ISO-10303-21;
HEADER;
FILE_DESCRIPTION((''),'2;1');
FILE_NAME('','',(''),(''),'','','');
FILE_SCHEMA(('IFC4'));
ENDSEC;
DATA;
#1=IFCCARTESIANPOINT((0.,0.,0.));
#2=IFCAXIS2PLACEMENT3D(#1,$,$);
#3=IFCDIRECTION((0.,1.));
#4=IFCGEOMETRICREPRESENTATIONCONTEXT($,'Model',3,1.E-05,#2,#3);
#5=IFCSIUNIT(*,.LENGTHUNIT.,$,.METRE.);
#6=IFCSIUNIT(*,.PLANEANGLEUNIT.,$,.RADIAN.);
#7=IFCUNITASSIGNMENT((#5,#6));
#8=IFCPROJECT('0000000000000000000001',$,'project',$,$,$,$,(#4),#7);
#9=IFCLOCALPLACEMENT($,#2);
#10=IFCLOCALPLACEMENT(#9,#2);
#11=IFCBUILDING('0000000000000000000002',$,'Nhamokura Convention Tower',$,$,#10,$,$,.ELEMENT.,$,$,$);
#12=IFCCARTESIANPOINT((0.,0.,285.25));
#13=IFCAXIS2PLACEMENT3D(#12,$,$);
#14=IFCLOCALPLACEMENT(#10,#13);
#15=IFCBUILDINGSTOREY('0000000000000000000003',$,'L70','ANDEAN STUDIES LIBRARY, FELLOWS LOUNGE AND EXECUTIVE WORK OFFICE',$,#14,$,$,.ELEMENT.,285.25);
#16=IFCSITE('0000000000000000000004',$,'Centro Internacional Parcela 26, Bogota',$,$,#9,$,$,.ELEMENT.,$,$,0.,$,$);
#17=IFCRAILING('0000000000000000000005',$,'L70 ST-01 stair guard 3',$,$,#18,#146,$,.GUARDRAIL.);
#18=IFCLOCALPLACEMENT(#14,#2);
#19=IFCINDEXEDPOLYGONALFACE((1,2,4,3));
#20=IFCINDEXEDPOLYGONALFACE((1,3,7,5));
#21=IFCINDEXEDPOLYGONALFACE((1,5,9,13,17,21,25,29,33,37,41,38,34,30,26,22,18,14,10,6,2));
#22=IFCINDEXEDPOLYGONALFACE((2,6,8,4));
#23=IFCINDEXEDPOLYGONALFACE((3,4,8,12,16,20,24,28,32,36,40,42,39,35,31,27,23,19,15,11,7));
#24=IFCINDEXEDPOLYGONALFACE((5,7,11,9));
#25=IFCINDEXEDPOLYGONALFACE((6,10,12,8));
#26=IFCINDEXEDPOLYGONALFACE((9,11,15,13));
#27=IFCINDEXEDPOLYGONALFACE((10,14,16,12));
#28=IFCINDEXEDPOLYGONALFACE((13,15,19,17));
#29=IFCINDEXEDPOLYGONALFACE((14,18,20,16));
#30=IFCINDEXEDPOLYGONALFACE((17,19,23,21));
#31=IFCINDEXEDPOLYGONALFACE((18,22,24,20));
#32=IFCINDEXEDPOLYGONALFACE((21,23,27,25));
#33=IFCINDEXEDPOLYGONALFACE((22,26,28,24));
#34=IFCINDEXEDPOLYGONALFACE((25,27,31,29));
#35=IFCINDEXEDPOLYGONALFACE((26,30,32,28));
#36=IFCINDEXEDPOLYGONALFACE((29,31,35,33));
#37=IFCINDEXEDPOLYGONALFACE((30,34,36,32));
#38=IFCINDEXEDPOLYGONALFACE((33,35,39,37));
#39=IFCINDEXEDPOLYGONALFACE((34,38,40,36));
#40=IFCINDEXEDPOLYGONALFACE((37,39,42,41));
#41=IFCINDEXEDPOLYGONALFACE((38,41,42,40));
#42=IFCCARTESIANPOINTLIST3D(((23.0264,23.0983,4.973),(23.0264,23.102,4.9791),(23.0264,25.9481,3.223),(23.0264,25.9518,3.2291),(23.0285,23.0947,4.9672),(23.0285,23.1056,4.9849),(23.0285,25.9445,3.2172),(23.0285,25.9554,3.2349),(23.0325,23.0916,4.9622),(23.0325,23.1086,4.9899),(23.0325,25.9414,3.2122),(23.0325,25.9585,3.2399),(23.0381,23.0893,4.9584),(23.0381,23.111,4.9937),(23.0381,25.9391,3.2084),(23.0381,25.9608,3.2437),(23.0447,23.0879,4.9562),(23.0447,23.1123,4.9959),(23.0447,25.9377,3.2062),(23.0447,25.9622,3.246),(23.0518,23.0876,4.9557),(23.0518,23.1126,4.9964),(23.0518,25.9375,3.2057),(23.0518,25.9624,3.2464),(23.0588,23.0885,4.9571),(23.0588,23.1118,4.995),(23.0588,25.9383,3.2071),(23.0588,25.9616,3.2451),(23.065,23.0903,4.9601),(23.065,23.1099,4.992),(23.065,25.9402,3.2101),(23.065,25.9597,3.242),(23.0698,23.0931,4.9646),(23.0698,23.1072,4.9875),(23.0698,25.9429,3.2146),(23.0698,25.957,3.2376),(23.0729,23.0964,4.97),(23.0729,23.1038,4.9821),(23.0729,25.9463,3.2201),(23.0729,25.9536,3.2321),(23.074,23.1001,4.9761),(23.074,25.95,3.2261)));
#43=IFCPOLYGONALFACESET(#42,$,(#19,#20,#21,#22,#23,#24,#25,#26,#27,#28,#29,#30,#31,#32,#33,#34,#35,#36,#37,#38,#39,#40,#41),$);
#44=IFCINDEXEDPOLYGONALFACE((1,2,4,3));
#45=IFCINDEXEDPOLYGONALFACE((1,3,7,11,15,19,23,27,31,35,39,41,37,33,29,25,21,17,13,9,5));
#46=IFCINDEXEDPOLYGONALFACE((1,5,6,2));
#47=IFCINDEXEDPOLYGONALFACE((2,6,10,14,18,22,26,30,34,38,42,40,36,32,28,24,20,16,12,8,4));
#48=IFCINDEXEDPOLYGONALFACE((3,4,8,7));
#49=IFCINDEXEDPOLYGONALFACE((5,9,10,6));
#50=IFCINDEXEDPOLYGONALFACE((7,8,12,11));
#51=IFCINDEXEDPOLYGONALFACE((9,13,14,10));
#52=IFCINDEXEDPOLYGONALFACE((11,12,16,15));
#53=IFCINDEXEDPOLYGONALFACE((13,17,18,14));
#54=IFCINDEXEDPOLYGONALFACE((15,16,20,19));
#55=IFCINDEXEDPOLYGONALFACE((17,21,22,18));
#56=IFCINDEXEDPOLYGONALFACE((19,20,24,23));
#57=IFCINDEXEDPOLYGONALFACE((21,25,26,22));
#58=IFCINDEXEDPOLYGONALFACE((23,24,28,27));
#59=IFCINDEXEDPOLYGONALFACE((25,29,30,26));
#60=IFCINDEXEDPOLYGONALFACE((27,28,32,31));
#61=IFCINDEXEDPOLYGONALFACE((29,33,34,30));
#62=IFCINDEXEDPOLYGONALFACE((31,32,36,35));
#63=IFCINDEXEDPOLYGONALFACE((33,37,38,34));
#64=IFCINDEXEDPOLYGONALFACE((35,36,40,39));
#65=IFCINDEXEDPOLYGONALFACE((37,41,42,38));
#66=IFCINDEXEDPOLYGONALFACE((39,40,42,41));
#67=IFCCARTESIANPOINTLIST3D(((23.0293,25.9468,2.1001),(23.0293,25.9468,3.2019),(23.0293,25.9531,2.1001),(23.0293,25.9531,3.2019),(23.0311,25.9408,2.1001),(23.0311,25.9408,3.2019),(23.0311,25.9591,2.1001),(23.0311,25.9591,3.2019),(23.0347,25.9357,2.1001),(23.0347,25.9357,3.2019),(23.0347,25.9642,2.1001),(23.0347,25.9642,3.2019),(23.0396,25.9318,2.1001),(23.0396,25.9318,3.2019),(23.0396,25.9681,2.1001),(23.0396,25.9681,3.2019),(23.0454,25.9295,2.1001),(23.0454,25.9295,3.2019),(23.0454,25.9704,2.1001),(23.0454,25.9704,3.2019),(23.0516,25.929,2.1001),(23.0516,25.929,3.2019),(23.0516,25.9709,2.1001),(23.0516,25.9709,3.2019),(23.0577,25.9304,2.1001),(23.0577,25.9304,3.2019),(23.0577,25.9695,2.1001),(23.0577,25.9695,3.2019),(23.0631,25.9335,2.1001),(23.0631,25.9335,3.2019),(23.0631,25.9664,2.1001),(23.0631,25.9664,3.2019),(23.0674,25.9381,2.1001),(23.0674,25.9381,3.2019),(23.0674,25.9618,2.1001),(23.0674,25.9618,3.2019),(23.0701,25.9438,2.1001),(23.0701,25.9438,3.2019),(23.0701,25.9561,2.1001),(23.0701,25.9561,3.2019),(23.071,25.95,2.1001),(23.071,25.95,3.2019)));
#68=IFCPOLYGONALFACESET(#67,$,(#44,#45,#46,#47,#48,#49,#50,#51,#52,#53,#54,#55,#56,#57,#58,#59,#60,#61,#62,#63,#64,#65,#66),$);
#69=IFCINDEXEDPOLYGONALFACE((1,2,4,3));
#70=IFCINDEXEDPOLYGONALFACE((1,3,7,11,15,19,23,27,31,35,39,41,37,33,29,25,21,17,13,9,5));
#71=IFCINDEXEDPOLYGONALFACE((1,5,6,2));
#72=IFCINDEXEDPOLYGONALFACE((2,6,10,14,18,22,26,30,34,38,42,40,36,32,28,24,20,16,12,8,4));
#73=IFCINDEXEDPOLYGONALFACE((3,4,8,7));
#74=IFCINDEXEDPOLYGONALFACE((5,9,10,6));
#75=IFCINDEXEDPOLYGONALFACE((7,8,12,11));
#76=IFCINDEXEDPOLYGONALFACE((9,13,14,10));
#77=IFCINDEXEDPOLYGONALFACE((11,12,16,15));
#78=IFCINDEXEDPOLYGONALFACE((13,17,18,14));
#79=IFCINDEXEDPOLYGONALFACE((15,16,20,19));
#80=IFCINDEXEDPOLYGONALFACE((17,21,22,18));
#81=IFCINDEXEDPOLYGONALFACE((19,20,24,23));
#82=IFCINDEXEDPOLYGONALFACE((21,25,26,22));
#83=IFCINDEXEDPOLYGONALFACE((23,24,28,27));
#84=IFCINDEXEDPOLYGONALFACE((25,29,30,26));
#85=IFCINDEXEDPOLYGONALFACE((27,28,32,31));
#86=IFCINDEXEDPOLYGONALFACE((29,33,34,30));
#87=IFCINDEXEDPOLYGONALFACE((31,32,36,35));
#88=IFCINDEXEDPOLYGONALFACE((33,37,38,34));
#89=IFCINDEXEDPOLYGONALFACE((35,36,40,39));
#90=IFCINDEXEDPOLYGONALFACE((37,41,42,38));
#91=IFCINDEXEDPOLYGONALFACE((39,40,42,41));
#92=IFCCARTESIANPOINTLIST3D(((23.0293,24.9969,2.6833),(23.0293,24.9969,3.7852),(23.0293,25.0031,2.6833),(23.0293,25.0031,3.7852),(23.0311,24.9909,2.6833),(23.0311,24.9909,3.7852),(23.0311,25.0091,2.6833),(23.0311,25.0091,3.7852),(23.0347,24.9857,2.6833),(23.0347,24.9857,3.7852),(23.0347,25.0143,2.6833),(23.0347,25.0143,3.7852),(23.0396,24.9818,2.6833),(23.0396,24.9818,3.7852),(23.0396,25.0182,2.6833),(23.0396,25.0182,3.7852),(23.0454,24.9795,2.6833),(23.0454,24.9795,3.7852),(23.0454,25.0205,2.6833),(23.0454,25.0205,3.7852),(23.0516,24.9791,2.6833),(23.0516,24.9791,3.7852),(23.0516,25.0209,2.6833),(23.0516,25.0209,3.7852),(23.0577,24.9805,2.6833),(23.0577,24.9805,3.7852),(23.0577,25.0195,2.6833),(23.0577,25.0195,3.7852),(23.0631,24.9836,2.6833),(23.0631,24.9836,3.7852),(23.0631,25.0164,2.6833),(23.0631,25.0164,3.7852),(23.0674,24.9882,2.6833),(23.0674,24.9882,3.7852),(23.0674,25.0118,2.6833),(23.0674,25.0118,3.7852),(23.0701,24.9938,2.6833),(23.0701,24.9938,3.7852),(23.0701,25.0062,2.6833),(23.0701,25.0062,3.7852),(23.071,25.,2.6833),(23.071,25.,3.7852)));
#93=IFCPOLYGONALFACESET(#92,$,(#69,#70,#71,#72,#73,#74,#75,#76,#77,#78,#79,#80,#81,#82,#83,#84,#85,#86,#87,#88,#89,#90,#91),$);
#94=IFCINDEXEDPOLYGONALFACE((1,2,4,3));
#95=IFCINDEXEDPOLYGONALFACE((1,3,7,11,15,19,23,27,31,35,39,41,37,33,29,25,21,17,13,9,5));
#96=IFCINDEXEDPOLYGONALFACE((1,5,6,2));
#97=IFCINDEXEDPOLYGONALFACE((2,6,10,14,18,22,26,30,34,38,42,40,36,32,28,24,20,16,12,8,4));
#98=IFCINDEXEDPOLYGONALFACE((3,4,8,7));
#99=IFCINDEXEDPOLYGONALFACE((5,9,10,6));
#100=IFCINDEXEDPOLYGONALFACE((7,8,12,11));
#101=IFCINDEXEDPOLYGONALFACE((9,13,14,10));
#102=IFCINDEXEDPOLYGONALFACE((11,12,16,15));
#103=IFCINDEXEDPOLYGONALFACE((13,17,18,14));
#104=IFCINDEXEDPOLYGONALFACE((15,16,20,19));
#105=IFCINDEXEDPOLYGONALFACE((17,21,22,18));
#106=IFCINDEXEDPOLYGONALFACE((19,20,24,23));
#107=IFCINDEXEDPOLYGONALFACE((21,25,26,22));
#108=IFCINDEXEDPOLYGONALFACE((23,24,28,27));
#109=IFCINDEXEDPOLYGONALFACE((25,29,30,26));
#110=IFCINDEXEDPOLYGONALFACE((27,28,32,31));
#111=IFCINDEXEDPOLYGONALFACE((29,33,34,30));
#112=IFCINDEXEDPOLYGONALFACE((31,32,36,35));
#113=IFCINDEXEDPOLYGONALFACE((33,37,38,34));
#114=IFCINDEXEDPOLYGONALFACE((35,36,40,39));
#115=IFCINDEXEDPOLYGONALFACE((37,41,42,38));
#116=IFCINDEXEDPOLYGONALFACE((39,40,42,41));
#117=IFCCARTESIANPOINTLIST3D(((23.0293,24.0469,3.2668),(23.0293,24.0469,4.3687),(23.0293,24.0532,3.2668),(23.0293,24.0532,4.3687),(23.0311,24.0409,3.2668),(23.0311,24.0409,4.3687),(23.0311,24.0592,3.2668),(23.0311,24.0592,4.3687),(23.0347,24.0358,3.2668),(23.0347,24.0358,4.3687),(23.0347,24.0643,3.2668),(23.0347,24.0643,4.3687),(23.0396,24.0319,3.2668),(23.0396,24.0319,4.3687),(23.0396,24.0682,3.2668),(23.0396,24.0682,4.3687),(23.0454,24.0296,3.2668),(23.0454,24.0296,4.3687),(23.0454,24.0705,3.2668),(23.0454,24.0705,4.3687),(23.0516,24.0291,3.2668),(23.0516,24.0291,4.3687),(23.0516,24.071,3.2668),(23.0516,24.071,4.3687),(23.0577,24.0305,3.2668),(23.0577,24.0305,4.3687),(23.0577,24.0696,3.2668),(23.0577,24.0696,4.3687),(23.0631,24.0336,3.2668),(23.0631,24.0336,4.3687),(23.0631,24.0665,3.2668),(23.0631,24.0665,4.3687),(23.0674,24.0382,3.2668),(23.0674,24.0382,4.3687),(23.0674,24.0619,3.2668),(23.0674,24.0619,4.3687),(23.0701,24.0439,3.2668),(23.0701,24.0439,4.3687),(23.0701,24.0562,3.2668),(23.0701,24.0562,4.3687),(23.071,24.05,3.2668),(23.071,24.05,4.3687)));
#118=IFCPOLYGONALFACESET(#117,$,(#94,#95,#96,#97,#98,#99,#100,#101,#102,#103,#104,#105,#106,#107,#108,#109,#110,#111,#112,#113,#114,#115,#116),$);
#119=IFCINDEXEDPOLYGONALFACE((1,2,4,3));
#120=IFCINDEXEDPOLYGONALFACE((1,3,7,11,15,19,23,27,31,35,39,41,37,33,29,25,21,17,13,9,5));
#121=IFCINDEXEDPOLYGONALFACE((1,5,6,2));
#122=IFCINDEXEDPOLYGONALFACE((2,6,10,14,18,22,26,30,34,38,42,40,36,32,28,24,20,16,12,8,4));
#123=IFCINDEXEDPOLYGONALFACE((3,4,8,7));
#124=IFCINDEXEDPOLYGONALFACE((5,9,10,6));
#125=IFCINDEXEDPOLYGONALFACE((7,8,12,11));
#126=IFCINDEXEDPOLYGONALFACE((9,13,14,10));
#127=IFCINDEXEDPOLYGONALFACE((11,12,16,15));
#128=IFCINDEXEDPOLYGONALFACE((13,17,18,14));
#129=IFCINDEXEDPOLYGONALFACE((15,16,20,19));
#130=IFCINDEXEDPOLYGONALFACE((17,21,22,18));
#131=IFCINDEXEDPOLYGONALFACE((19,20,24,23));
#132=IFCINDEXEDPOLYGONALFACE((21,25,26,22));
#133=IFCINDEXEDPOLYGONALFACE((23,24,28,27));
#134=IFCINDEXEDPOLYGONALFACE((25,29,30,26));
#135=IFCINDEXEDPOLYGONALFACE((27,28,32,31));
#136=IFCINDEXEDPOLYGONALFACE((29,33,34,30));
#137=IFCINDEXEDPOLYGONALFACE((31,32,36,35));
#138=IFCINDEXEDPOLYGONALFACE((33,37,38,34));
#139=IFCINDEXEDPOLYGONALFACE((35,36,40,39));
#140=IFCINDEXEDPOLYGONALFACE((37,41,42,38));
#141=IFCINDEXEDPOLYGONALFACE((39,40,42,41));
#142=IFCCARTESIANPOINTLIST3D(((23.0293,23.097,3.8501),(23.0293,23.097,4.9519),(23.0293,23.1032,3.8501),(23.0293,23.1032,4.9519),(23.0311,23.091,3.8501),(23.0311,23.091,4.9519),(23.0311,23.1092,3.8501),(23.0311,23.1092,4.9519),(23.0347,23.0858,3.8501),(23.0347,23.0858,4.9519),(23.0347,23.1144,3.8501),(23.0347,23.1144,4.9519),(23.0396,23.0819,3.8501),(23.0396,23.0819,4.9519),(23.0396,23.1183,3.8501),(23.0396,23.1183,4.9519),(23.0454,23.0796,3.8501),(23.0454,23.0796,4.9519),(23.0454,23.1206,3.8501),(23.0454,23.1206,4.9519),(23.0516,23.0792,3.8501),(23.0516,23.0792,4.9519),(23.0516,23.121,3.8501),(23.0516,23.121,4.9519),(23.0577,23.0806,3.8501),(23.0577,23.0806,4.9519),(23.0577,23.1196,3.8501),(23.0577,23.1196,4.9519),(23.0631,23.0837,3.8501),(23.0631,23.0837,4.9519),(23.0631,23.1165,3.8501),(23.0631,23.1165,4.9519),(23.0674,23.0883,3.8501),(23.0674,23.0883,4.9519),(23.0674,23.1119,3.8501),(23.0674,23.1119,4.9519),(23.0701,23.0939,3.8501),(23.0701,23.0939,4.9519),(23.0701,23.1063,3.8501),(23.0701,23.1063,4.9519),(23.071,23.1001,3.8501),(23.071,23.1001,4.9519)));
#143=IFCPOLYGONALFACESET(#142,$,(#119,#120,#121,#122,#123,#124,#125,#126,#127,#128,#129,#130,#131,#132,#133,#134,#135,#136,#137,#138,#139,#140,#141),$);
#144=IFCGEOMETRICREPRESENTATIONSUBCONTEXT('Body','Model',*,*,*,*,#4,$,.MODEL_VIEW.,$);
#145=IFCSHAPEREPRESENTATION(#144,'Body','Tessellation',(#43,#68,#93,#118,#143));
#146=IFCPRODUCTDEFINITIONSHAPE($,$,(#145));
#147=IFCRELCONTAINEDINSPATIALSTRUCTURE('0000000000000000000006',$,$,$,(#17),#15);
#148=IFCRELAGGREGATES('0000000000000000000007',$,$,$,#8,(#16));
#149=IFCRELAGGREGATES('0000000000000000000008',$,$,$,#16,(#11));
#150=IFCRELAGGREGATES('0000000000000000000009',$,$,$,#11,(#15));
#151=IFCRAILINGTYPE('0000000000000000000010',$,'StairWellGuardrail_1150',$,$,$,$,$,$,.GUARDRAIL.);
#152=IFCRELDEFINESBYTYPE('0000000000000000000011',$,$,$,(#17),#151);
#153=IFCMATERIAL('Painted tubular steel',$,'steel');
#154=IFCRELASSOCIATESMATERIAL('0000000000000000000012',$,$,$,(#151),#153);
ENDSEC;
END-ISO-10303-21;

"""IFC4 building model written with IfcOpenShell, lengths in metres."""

from ifc_helpers import new_model, si_unit, direction, frame, origin, origin_2d, place, context, subcontext, project, spatial, circle, extrude, material, type_object, element, save


model = new_model("IFC4")

# Units and contexts
model_context = context("Model", 3, precision=1e-05, world=origin(), true_north=direction((0.0, 1.0)))
body_context = subcontext(model_context, "Body", "Model", "MODEL_VIEW")
ifc_project = project(units=[si_unit("LENGTHUNIT", "METRE"), si_unit("PLANEANGLEUNIT", "RADIAN")], contexts=[model_context])

# Site, building, storey
site_placement = place(None, origin())
site = spatial("IfcSite", under=ifc_project, at=site_placement, Name="Centro Internacional Parcela 26, Bogota", CompositionType="ELEMENT", RefElevation=0.0)
building_placement = place(site_placement, origin())
building = spatial("IfcBuilding", under=site, at=building_placement, Name="Nhamokura Convention Tower", CompositionType="ELEMENT")
storey_placement = place(building_placement, frame((0.0, 0.0, 285.25)))
storey = spatial("IfcBuildingStorey", under=building, at=storey_placement, Name="L70", Description="ANDEAN STUDIES LIBRARY, FELLOWS LOUNGE AND EXECUTIVE WORK OFFICE", CompositionType="ELEMENT", Elevation=285.25)

# Railing
ifc_material_1 = material(Name="Painted tubular steel", Category="steel")
railing_type_1 = type_object("IfcRailingType", Name="StairWellGuardrail_1150", PredefinedType="GUARDRAIL", material=ifc_material_1)
railing_1_placement = place(storey_placement, frame((23.05, 25.95, 2.1001)))
element("IfcRailing", 1, at=railing_1_placement, inside=storey, type_object=railing_type_1, Name="L70 ST-01 stair guard 3", PredefinedType="GUARDRAIL", context=body_context, shape_type="SweptSolid", body=[
    extrude(circle(Radius=0.0239, at=origin_2d()), frame((0.0, 0.0, 1.126), z_axis=(0.0, -0.852159, 0.523283), x_axis=(1.0, 0.0, 0.0)), (0.0, 0.0, 1.0), 3.3442),
    extrude(circle(Radius=0.021, at=origin_2d()), origin(), (0.0, 0.0, 1.0), 1.1018),
    extrude(circle(Radius=0.021, at=origin_2d()), frame((0.0, -0.95, 0.5833)), (0.0, 0.0, 1.0), 1.1018),
    extrude(circle(Radius=0.021, at=origin_2d()), frame((0.0, -1.8999, 1.1667)), (0.0, 0.0, 1.0), 1.1018),
    extrude(circle(Radius=0.021, at=origin_2d()), frame((0.0, -2.8499, 1.75)), (0.0, 0.0, 1.0), 1.1018),
])

save(model, "model.ifc")
